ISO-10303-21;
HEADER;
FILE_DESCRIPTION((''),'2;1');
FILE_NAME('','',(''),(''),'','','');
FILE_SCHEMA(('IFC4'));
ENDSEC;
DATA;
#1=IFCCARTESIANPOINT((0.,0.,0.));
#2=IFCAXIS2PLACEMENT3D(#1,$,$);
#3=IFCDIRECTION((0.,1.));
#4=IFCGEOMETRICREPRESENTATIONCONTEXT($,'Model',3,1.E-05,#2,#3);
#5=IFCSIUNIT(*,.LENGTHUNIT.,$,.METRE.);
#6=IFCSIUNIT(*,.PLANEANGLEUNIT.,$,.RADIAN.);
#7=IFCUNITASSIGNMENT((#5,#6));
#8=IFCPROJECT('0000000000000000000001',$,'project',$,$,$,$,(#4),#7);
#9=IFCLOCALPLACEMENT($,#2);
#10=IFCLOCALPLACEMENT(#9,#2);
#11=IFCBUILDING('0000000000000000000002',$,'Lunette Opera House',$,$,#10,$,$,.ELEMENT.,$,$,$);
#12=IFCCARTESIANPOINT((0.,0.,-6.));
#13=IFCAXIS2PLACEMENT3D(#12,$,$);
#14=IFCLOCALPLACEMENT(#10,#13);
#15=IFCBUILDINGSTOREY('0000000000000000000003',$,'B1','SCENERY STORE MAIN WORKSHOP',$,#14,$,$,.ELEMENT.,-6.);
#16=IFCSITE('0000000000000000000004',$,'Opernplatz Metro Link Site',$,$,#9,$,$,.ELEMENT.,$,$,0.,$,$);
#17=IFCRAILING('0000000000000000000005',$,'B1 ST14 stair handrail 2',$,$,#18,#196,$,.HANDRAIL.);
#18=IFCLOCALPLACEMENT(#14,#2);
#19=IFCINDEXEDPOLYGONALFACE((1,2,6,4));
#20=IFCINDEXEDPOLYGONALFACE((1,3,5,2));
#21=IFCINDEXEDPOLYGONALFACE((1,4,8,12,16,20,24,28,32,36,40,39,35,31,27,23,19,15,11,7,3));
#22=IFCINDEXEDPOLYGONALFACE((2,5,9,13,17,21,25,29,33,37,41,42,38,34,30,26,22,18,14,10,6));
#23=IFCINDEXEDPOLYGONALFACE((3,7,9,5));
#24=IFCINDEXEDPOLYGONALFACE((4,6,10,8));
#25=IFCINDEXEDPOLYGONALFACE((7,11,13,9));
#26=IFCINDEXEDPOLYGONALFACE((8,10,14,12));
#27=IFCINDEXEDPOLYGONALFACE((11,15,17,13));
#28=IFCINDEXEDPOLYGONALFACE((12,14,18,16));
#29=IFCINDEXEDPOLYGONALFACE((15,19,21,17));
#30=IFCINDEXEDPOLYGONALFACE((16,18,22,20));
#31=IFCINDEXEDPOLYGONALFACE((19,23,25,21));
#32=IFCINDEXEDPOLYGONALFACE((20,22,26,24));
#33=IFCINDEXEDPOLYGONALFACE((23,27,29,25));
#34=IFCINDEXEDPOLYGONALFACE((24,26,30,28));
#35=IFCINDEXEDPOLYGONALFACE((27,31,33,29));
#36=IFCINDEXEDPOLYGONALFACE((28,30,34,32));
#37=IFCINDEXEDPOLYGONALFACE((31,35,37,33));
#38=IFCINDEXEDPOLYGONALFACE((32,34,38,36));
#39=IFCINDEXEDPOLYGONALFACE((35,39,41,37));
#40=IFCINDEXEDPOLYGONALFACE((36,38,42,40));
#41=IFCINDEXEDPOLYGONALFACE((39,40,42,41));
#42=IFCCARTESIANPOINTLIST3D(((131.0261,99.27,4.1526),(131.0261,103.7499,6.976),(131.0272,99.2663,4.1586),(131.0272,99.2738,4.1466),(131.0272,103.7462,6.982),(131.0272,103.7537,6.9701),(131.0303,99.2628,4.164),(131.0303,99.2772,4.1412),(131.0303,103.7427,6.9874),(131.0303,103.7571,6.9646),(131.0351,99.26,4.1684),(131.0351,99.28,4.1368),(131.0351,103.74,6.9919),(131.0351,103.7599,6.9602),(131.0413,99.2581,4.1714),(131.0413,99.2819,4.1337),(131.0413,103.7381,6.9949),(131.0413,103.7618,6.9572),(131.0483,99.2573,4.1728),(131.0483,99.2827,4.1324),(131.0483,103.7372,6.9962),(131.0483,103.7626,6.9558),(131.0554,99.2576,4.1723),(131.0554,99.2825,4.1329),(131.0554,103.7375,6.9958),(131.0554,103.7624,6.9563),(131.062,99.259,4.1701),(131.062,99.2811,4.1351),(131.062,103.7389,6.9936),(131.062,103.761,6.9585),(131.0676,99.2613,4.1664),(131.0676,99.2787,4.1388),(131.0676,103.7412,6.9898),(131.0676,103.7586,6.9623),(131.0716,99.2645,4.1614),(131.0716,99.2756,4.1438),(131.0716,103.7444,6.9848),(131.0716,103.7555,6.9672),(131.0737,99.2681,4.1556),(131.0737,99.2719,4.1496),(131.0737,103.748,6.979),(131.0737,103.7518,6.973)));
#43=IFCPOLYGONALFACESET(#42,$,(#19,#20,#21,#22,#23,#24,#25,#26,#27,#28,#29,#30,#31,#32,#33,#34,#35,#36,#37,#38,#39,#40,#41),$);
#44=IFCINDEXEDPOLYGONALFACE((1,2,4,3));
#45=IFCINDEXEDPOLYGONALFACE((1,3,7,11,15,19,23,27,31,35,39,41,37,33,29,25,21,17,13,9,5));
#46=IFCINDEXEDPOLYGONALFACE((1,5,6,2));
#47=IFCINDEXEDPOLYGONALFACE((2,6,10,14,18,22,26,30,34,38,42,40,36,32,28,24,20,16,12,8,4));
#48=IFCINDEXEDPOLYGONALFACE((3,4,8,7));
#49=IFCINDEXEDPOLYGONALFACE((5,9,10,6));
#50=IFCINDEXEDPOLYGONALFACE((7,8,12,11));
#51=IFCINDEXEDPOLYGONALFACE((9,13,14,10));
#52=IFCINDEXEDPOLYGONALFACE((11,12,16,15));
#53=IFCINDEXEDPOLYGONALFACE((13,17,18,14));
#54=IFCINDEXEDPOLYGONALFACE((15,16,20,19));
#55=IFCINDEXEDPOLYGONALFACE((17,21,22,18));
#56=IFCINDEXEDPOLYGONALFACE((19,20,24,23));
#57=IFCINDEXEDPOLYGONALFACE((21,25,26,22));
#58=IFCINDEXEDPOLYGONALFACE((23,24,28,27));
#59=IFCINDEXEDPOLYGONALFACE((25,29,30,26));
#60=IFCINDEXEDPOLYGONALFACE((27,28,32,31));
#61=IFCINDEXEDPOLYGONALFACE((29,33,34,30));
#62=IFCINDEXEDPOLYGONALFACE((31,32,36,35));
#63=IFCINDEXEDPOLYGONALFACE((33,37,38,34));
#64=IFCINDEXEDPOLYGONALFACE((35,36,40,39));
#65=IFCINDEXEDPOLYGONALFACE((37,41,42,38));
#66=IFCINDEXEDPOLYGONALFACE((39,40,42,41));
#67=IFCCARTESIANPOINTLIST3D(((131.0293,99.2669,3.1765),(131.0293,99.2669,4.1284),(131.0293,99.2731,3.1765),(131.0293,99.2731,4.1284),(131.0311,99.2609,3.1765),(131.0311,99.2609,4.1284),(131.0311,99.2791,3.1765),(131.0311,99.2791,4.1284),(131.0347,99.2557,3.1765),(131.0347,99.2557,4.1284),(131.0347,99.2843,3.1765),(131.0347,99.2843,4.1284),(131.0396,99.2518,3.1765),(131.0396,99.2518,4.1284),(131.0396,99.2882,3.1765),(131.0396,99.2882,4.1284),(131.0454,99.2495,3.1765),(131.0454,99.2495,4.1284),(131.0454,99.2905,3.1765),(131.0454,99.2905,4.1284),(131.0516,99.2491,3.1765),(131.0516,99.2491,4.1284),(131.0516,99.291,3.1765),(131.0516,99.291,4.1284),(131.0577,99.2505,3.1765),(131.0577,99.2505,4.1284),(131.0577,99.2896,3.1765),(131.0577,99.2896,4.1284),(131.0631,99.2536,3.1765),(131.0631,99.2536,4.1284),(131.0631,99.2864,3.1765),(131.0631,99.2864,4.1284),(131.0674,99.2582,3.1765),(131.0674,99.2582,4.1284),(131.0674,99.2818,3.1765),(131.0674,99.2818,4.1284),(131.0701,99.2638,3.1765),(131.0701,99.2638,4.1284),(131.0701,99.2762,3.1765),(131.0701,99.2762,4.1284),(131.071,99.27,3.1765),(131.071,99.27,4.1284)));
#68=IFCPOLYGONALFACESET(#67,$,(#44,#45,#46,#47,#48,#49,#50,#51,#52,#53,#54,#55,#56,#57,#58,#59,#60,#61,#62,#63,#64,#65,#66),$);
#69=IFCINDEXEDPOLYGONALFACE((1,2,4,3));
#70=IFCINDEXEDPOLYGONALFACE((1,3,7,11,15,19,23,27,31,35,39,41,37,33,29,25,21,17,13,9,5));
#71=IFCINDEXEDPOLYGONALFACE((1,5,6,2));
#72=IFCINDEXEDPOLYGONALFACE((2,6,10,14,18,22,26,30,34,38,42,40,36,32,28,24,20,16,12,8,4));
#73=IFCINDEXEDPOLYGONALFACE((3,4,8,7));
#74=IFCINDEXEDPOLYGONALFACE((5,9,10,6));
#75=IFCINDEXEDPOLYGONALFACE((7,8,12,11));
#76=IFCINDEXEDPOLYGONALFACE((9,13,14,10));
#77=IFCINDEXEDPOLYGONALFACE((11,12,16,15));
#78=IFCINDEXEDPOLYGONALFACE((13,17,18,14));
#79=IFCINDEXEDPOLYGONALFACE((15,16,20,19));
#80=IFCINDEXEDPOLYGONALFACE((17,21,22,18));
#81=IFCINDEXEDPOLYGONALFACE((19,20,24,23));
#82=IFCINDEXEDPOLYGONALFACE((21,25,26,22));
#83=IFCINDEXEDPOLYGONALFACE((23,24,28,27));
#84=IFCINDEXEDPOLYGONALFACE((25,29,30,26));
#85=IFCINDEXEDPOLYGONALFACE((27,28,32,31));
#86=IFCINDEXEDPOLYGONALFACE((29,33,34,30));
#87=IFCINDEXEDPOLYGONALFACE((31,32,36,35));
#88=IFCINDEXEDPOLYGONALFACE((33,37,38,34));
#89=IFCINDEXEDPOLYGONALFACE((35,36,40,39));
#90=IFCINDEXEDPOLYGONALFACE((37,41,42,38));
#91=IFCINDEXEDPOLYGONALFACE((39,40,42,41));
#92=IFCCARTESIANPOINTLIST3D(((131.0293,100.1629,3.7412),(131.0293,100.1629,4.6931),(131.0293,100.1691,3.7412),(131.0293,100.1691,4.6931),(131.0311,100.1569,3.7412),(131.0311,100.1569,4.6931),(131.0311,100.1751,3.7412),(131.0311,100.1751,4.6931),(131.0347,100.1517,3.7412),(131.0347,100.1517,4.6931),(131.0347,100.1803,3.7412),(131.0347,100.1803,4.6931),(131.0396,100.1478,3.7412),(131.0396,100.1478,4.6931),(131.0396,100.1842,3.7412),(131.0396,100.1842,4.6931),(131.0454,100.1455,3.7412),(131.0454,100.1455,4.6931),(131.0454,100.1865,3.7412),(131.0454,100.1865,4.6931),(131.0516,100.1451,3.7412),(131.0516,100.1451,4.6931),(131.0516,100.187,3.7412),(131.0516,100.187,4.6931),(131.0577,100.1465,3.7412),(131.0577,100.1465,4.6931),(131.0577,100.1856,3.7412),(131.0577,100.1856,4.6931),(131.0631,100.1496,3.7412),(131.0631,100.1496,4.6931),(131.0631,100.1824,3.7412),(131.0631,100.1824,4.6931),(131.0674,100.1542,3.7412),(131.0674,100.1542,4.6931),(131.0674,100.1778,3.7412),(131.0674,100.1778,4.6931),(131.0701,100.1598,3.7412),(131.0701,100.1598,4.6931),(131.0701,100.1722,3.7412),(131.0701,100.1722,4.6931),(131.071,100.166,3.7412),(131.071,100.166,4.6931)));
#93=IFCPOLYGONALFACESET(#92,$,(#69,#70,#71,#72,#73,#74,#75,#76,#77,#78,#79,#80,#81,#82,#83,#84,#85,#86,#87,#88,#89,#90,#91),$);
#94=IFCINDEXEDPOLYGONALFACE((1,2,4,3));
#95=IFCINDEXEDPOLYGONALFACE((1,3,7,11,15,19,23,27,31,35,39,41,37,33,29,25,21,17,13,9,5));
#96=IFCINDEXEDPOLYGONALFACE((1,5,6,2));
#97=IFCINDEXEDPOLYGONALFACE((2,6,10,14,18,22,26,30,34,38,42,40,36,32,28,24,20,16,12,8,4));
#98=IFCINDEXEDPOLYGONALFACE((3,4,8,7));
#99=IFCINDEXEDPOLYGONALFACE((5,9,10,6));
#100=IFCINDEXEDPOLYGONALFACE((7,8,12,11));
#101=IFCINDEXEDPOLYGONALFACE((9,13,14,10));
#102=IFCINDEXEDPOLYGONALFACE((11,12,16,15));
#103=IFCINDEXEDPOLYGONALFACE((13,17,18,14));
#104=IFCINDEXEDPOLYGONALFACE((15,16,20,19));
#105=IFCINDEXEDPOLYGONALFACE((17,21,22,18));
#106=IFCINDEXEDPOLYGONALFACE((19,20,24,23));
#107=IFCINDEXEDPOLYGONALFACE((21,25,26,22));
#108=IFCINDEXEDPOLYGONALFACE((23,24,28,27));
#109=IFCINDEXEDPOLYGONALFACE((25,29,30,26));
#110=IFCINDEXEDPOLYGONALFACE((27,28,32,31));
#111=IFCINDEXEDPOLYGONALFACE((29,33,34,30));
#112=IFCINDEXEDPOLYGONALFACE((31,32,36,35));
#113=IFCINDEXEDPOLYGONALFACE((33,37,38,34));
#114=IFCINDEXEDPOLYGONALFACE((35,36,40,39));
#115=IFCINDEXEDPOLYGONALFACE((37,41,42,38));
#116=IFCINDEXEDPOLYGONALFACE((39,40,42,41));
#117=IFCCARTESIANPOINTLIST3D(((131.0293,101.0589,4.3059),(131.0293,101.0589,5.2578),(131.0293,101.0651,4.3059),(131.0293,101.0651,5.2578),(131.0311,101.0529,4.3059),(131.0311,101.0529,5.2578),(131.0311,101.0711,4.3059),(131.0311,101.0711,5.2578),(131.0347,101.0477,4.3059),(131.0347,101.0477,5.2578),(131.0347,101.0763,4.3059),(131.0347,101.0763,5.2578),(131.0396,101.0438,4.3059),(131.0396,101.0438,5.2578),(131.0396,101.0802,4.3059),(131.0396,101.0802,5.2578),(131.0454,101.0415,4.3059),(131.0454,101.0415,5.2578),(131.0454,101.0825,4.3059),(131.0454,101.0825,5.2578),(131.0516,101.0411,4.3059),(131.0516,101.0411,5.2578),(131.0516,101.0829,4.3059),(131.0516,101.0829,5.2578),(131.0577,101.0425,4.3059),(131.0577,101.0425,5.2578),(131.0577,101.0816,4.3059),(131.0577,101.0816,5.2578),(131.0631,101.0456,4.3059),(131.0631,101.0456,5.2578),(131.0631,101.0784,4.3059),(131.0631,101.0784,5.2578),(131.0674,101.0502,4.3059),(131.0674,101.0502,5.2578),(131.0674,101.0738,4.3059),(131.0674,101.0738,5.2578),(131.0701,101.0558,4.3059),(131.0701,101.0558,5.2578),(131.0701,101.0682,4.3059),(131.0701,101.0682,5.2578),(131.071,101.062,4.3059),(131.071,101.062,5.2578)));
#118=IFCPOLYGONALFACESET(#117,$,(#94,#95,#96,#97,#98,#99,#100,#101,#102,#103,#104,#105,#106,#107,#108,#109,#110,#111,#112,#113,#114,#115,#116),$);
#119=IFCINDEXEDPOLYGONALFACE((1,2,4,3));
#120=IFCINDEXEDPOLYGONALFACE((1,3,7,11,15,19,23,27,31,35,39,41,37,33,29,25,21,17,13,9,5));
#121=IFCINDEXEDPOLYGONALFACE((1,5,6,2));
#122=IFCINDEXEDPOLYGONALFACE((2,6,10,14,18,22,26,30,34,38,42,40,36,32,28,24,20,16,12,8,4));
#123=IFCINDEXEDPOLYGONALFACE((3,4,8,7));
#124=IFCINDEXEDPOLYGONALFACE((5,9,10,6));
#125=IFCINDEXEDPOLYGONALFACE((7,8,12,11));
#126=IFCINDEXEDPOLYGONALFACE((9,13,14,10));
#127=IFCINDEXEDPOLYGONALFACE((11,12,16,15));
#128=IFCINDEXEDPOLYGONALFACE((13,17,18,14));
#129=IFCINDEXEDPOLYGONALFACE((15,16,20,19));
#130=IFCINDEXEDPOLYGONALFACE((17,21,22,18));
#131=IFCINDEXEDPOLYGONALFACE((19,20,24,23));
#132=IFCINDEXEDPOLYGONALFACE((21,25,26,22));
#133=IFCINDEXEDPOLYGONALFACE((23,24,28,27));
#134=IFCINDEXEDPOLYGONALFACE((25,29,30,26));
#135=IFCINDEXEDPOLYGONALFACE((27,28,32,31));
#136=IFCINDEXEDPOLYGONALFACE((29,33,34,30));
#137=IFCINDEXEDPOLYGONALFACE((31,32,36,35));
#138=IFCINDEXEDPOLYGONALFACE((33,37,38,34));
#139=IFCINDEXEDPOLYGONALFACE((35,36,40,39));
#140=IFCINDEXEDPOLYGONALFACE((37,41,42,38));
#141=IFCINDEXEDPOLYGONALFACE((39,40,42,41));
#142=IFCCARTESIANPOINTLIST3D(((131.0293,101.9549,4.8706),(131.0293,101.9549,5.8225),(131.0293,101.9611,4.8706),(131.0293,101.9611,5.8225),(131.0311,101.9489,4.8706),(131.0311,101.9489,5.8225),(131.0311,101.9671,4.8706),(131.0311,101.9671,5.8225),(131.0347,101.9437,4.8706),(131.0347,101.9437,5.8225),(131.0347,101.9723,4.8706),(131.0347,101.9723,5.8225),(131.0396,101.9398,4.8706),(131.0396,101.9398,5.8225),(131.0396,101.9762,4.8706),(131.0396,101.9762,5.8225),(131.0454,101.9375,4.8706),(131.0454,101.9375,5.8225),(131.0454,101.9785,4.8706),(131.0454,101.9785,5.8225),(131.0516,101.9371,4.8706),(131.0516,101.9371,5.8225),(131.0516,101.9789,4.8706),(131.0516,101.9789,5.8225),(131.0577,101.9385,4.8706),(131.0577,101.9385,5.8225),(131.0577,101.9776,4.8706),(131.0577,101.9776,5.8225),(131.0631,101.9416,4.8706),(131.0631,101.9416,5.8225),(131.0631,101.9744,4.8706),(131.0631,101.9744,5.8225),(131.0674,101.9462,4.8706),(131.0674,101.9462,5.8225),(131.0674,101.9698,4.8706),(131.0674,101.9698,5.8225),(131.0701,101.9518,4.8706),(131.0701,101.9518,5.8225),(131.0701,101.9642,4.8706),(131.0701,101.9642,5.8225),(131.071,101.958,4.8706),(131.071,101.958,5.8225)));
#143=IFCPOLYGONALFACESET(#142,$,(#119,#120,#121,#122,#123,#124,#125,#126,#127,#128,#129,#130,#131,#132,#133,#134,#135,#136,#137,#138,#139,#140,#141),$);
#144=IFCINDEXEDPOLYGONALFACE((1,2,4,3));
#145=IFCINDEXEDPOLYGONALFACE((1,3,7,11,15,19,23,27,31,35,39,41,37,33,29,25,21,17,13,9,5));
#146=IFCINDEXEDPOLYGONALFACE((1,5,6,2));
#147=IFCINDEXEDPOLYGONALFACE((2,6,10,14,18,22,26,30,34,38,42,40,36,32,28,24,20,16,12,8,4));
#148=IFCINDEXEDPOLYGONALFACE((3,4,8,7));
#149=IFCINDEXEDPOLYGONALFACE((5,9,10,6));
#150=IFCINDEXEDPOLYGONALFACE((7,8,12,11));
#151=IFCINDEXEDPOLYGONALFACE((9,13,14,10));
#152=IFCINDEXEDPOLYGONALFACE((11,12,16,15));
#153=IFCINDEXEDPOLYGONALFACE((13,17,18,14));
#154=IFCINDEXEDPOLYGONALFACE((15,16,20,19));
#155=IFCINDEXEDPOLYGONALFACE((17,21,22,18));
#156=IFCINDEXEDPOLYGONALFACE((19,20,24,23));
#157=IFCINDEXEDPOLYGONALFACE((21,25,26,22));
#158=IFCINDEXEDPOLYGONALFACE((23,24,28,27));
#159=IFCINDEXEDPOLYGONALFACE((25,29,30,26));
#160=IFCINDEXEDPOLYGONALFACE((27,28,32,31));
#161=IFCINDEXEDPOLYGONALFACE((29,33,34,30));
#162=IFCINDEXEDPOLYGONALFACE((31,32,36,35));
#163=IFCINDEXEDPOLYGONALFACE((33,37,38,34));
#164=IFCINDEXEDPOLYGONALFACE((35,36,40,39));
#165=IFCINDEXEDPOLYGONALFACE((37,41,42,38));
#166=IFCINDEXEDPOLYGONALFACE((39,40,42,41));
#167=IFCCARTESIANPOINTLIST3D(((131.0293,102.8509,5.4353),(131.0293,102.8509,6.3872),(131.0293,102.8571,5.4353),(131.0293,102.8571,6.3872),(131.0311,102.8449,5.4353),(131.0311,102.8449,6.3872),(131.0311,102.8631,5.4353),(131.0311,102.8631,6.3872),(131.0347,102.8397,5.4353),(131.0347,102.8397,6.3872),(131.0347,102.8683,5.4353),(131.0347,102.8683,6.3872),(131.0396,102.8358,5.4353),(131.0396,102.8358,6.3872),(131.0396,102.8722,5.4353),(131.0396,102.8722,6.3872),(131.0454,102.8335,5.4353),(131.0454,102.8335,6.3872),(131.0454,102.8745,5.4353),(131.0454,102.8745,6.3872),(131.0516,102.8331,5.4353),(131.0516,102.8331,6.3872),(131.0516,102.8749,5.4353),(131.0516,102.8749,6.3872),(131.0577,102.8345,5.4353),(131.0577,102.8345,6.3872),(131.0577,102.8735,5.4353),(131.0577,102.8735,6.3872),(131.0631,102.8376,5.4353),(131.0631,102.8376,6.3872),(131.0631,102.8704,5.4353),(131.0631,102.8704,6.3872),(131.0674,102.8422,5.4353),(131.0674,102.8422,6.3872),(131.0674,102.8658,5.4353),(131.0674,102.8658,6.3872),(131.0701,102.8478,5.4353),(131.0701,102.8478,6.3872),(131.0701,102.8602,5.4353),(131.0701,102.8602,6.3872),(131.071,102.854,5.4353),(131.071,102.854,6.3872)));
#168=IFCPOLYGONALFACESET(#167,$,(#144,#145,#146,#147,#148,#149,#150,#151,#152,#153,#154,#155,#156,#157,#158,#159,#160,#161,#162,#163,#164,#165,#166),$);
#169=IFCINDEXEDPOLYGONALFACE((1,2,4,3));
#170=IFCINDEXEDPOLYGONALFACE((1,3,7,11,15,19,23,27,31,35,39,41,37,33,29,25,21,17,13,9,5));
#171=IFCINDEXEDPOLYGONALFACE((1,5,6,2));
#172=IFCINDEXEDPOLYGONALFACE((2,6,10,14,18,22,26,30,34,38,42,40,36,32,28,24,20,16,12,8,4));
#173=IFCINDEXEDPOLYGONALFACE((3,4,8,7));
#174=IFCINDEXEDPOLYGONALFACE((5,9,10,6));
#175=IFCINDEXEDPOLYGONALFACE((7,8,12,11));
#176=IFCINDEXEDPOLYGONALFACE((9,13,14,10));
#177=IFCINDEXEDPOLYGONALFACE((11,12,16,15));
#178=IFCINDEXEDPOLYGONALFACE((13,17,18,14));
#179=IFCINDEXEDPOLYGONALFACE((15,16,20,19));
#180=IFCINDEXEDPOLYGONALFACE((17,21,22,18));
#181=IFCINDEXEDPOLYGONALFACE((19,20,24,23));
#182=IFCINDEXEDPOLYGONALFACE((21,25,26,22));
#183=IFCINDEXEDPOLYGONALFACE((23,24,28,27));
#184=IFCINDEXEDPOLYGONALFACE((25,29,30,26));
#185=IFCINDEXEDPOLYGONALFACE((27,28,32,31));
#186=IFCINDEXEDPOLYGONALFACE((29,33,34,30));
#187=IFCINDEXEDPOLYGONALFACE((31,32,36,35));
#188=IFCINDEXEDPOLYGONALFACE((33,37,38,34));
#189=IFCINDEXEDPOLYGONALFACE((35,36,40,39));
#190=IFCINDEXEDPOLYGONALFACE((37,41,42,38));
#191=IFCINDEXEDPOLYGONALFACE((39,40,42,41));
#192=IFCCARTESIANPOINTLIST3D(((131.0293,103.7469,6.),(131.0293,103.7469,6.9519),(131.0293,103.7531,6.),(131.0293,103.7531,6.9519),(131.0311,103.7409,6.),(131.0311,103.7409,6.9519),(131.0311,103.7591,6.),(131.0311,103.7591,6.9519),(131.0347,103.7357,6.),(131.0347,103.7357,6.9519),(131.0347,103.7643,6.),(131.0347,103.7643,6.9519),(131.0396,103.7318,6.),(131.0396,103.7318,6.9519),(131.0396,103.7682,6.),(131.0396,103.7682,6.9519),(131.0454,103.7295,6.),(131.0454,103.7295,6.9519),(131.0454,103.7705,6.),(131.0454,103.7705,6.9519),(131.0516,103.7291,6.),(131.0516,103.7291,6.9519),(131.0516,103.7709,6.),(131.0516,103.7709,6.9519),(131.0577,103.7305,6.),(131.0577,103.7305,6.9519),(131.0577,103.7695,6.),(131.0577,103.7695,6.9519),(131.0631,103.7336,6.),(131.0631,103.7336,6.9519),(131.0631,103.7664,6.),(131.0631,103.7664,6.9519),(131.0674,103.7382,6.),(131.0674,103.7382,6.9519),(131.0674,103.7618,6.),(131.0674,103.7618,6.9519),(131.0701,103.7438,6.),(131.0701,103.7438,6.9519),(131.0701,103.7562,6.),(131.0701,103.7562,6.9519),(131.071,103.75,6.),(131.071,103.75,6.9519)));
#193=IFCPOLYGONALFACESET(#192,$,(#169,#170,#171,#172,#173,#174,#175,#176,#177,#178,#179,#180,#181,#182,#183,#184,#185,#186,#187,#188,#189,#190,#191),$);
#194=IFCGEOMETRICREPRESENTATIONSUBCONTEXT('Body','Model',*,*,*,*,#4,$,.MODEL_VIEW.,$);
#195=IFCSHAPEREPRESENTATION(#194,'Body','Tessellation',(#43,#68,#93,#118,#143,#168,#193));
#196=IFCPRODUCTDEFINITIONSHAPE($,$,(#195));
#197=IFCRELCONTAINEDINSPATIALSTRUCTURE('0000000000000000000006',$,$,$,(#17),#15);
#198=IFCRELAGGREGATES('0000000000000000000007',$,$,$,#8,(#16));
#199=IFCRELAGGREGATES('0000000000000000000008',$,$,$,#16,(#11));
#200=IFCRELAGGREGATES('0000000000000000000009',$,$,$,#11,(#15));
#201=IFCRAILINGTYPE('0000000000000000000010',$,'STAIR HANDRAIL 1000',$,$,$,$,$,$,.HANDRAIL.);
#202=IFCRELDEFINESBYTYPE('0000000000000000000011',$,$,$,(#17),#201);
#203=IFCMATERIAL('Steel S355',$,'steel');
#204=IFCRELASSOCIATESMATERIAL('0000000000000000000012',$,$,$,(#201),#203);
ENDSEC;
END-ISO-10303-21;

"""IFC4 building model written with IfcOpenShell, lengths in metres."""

from ifc_helpers import new_model, si_unit, direction, frame, origin, origin_2d, place, context, subcontext, project, spatial, circle, extrude, material, type_object, element, save


model = new_model("IFC4")

# Units and contexts
model_context = context("Model", 3, precision=1e-05, world=origin(), true_north=direction((0.0, 1.0)))
body_context = subcontext(model_context, "Body", "Model", "MODEL_VIEW")
ifc_project = project(units=[si_unit("LENGTHUNIT", "METRE"), si_unit("PLANEANGLEUNIT", "RADIAN")], contexts=[model_context])

# Site, building, storey
site_placement = place(None, origin())
site = spatial("IfcSite", under=ifc_project, at=site_placement, Name="Opernplatz Metro Link Site", CompositionType="ELEMENT", RefElevation=0.0)
building_placement = place(site_placement, origin())
building = spatial("IfcBuilding", under=site, at=building_placement, Name="Lunette Opera House", CompositionType="ELEMENT")
storey_placement = place(building_placement, frame((0.0, 0.0, -6.0)))
storey = spatial("IfcBuildingStorey", under=building, at=storey_placement, Name="B1", Description="SCENERY STORE MAIN WORKSHOP", CompositionType="ELEMENT", Elevation=-6.0)

# Railing
ifc_material_1 = material(Name="Steel S355", Category="steel")
railing_type_1 = type_object("IfcRailingType", Name="STAIR HANDRAIL 1000", PredefinedType="HANDRAIL", material=ifc_material_1)
railing_1_placement = place(storey_placement, frame((131.05, 99.27, 3.1765)))
element("IfcRailing", 1, at=railing_1_placement, inside=storey, type_object=railing_type_1, Name="B1 ST14 stair handrail 2", PredefinedType="HANDRAIL", context=body_context, shape_type="SweptSolid", body=[
    extrude(circle(Radius=0.0239, at=origin_2d()), frame((0.0, 0.0, 0.9761), z_axis=(0.0, 0.845998, 0.533186), x_axis=(-1.0, 0.0, 0.0)), (0.0, 0.0, 1.0), 5.2954),
    extrude(circle(Radius=0.021, at=origin_2d()), origin(), (0.0, 0.0, 1.0), 0.9519),
    extrude(circle(Radius=0.021, at=origin_2d()), frame((0.0, 0.896, 0.5647)), (0.0, 0.0, 1.0), 0.9519),
    extrude(circle(Radius=0.021, at=origin_2d()), frame((0.0, 1.792, 1.1294)), (0.0, 0.0, 1.0), 0.9519),
    extrude(circle(Radius=0.021, at=origin_2d()), frame((0.0, 2.688, 1.6941)), (0.0, 0.0, 1.0), 0.9519),
    extrude(circle(Radius=0.021, at=origin_2d()), frame((0.0, 3.584, 2.2588)), (0.0, 0.0, 1.0), 0.9519),
    extrude(circle(Radius=0.021, at=origin_2d()), frame((0.0, 4.48, 2.8235)), (0.0, 0.0, 1.0), 0.9519),
])

save(model, "model.ifc")
